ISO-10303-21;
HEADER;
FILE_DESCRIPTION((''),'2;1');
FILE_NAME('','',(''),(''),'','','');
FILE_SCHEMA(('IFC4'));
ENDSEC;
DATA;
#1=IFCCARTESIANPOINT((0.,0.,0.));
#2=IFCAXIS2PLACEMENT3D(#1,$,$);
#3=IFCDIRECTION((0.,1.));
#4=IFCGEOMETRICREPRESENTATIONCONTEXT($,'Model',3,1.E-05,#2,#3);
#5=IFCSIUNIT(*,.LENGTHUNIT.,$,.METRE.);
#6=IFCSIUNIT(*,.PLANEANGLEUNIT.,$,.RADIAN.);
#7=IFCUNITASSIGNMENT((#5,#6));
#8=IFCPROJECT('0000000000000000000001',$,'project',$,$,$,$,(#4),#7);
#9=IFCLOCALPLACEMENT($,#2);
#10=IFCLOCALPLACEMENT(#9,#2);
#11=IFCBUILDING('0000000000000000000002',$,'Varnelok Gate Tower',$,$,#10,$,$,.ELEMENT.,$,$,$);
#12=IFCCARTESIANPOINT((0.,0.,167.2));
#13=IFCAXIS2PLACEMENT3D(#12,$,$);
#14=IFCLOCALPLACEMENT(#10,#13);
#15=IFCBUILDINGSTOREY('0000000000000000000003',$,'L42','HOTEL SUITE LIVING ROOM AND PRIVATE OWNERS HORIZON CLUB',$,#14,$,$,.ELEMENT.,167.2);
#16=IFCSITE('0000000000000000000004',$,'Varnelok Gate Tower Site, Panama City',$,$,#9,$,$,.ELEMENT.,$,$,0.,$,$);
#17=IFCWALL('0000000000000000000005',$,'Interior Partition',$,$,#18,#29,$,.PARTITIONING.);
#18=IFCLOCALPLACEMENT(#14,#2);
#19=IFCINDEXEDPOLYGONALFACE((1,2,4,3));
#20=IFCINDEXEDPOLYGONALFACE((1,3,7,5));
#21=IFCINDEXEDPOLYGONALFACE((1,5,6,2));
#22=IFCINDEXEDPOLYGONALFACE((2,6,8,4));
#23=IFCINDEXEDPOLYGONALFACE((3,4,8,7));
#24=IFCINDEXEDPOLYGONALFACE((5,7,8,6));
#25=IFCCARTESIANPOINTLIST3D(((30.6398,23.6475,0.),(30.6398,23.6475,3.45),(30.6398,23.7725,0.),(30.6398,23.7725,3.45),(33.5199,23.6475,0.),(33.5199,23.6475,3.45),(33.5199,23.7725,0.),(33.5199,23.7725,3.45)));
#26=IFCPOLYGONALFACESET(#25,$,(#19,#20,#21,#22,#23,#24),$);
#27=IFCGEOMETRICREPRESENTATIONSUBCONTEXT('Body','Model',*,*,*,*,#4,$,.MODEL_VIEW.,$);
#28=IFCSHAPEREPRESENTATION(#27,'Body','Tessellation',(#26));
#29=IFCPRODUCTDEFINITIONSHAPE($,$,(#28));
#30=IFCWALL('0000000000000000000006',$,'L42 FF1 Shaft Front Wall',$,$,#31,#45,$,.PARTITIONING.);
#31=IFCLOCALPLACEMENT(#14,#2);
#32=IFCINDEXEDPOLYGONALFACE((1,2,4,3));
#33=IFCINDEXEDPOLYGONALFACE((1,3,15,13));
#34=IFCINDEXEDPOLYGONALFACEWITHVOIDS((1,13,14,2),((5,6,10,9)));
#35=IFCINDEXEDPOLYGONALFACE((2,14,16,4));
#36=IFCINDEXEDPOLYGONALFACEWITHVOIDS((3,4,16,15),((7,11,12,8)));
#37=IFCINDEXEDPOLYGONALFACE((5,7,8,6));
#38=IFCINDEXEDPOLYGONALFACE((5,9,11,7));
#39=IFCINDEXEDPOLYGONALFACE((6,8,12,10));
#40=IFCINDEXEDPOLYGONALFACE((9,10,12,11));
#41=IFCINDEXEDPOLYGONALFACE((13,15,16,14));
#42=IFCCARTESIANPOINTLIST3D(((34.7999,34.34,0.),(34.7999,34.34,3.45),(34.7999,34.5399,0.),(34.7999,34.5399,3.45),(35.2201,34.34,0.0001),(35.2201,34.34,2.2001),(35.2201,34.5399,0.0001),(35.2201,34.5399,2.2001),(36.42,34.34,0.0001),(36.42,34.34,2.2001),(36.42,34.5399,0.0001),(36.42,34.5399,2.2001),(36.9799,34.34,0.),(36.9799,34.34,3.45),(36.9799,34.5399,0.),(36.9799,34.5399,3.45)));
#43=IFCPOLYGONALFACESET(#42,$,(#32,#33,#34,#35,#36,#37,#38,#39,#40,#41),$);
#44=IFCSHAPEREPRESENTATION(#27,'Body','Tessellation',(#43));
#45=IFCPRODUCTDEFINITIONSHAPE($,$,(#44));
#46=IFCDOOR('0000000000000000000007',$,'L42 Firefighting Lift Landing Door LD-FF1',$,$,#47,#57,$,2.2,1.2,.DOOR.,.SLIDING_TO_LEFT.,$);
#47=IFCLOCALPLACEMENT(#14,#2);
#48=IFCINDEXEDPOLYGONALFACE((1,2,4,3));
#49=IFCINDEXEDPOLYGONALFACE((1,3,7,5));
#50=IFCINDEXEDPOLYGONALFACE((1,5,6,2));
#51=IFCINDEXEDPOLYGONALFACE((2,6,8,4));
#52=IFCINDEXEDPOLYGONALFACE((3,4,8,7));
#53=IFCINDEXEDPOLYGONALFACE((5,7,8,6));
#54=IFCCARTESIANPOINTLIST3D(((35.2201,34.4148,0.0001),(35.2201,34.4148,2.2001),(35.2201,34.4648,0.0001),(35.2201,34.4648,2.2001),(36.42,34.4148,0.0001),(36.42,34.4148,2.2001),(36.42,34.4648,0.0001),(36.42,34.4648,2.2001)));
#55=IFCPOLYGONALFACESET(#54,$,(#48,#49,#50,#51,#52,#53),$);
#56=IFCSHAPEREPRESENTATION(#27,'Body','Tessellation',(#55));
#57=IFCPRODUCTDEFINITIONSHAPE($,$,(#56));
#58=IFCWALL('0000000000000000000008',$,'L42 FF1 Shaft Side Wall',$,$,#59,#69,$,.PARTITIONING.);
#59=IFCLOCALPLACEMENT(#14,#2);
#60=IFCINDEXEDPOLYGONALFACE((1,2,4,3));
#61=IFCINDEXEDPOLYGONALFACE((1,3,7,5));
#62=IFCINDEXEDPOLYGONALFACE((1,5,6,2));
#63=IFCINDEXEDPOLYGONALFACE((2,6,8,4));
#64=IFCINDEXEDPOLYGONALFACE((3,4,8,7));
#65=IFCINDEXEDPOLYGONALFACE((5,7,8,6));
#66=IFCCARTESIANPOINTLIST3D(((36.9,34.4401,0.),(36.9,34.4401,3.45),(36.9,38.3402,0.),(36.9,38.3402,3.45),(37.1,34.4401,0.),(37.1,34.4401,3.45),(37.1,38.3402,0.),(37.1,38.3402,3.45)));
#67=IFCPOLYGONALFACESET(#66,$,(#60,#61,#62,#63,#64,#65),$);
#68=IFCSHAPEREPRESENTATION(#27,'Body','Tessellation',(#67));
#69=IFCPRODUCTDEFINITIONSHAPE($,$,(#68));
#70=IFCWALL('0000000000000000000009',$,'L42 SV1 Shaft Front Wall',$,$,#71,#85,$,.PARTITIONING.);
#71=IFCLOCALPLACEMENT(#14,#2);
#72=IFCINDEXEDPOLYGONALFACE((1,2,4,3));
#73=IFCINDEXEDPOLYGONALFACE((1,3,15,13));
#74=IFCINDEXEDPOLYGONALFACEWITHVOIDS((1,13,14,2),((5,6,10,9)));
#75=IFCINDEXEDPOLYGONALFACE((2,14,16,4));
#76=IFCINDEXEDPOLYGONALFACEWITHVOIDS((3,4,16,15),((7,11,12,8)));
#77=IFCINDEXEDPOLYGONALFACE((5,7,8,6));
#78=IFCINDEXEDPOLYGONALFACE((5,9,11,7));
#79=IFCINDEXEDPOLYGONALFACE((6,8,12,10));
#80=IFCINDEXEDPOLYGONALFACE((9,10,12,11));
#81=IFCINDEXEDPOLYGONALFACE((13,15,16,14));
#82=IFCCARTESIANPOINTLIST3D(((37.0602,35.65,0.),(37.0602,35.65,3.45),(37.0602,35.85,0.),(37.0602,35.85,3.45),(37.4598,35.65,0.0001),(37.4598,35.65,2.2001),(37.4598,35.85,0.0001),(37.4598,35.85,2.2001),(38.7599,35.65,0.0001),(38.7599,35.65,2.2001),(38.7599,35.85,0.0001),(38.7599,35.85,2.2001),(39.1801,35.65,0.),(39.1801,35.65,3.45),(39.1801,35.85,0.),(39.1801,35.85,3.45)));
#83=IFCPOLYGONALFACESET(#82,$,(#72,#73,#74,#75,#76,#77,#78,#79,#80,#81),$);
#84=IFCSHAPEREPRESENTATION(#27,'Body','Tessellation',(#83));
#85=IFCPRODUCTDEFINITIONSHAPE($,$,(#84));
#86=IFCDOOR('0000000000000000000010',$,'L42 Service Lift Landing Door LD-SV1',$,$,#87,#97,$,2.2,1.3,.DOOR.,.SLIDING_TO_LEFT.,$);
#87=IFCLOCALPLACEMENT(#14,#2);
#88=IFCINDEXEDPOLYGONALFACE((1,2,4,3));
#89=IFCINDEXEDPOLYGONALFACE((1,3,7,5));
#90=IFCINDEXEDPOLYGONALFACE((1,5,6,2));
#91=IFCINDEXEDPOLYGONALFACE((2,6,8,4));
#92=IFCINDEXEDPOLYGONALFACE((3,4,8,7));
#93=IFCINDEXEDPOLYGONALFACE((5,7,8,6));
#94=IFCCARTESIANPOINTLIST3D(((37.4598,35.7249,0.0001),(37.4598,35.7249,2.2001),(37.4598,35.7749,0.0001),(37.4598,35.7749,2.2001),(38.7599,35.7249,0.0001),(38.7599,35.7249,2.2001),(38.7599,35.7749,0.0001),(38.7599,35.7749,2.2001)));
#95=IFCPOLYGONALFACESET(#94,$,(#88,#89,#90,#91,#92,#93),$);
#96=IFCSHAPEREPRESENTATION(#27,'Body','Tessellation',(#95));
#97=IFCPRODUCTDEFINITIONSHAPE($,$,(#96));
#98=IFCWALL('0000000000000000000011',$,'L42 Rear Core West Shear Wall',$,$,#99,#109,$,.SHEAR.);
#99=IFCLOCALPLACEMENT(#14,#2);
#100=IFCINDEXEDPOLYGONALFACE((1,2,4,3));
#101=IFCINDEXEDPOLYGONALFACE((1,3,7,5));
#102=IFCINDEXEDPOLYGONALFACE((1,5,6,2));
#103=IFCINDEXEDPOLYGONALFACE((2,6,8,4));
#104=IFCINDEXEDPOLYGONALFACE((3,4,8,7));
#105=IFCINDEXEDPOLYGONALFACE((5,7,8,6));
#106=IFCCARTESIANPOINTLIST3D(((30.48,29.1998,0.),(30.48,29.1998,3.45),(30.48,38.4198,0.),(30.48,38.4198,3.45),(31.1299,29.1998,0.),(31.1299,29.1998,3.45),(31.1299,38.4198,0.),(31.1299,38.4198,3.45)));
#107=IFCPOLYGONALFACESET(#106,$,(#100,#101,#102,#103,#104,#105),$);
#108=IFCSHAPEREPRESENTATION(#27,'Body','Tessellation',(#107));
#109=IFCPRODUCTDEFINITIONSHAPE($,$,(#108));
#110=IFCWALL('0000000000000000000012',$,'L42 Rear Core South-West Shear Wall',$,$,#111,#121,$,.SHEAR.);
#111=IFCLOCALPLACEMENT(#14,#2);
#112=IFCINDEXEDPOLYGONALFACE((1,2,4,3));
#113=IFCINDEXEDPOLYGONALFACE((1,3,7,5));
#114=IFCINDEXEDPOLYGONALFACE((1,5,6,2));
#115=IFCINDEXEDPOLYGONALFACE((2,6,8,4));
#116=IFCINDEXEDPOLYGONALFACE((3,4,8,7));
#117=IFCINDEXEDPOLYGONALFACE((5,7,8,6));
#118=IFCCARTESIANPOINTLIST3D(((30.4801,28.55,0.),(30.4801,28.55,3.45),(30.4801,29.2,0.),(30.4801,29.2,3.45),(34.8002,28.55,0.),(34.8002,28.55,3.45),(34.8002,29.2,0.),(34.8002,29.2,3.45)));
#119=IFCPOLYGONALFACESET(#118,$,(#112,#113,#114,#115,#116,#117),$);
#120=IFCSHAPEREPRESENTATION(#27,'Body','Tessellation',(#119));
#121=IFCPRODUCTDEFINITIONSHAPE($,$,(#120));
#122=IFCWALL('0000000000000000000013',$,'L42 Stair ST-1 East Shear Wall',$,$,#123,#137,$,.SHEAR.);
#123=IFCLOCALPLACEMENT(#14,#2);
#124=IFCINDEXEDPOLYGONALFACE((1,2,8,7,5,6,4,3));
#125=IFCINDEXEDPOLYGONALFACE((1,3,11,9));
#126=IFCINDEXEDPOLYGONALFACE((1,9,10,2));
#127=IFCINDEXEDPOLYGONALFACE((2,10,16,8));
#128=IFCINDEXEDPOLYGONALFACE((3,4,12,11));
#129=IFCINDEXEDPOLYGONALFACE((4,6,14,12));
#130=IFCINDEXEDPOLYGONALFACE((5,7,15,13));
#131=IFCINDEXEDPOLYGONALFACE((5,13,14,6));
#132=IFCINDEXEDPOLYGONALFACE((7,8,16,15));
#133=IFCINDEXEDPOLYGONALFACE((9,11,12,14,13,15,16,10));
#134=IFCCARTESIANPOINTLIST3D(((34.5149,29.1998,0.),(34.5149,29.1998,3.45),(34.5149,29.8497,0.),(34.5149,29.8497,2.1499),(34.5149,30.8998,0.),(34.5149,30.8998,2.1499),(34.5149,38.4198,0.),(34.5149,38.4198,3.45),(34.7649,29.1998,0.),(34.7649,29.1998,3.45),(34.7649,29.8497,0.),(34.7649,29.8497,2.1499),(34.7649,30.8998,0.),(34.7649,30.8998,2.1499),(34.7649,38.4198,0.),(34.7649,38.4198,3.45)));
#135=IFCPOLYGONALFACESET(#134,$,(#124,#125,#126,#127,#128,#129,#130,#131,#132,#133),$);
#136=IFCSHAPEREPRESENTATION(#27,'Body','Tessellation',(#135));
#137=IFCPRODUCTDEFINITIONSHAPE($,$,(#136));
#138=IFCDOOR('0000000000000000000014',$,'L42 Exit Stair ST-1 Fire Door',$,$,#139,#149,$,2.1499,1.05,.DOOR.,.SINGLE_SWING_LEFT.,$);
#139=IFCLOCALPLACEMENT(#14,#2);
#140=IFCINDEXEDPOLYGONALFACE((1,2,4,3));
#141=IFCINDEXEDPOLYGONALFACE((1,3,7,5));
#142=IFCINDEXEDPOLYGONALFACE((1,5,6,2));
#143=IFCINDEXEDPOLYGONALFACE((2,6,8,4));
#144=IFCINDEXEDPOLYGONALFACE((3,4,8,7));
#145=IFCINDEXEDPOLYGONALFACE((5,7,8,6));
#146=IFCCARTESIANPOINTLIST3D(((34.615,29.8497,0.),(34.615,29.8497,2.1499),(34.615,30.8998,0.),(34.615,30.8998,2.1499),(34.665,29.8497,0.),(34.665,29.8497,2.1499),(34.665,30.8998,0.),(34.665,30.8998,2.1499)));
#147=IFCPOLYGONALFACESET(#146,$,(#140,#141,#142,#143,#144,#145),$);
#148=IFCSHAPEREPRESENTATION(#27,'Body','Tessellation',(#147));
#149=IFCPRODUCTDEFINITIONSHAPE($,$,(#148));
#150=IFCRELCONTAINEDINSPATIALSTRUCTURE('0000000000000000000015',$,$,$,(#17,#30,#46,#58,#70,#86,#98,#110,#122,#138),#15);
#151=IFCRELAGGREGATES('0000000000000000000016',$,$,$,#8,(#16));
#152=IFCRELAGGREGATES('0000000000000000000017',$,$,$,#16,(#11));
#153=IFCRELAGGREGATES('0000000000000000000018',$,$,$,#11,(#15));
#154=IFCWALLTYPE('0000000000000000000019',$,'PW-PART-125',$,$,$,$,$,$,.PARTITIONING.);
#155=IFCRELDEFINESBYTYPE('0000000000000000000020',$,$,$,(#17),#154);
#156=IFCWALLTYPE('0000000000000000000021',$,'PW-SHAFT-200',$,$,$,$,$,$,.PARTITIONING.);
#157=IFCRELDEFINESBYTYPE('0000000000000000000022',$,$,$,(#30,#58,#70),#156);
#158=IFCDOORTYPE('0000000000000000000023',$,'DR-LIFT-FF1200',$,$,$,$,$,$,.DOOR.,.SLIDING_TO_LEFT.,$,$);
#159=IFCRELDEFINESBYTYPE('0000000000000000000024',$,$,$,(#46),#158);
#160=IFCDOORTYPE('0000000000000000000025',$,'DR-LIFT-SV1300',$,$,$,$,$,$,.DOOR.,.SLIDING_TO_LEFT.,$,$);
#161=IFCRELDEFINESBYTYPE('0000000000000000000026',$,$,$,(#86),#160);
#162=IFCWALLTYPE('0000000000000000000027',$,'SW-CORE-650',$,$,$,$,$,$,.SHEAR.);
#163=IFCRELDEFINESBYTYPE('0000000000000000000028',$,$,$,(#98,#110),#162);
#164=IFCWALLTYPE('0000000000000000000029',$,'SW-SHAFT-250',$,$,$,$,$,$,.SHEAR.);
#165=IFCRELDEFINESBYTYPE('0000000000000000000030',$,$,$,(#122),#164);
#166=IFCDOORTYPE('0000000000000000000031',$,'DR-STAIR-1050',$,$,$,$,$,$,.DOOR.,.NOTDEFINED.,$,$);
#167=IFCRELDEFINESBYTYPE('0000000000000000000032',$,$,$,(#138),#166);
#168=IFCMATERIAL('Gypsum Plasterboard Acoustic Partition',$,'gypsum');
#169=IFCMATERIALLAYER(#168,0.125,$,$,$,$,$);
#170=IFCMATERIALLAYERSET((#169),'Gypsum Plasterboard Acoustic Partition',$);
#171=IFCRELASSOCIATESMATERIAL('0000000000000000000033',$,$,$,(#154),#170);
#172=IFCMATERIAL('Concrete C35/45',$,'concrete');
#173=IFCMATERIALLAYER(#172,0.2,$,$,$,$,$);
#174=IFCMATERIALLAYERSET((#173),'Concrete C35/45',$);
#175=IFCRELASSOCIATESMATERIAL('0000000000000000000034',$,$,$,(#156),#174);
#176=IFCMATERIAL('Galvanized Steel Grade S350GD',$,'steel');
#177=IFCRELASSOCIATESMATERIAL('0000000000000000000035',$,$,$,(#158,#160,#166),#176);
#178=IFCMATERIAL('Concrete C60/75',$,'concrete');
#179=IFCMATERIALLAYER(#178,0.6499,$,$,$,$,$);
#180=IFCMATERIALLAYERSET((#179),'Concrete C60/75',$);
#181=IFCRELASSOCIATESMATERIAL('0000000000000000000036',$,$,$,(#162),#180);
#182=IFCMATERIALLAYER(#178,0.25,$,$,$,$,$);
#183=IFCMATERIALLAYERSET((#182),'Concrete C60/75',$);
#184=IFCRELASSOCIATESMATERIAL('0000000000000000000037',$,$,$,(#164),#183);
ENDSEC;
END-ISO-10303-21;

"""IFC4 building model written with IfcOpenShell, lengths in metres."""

from ifc_helpers import new_model, si_unit, direction, frame, frame_2d, origin, place, context, subcontext, project, spatial, rectangle, extrude, material, layer, layer_set, type_object, element, fill, save


model = new_model("IFC4")

# Units and contexts
model_context = context("Model", 3, precision=1e-05, world=origin(), true_north=direction((0.0, 1.0)))
body_context = subcontext(model_context, "Body", "Model", "MODEL_VIEW")
ifc_project = project(units=[si_unit("LENGTHUNIT", "METRE"), si_unit("PLANEANGLEUNIT", "RADIAN")], contexts=[model_context])

# Site, building, storey
site_placement = place(None, origin())
site = spatial("IfcSite", under=ifc_project, at=site_placement, Name="Varnelok Gate Tower Site, Panama City", CompositionType="ELEMENT", RefElevation=0.0)
building_placement = place(site_placement, origin())
building = spatial("IfcBuilding", under=site, at=building_placement, Name="Varnelok Gate Tower", CompositionType="ELEMENT")
storey_placement = place(building_placement, frame((0.0, 0.0, 167.2)))
storey = spatial("IfcBuildingStorey", under=building, at=storey_placement, Name="L42", Description="HOTEL SUITE LIVING ROOM AND PRIVATE OWNERS HORIZON CLUB", CompositionType="ELEMENT", Elevation=167.2)

# Shared definitions
ifc_material_1 = material(Name="Concrete C60/75", Category="concrete")

# Wall
ifc_material_2 = material(Name="Gypsum Plasterboard Acoustic Partition", Category="gypsum")
ifc_layer_1 = layer(ifc_material_2, 0.125)
ifc_layer_set_1 = layer_set([ifc_layer_1], Name="Gypsum Plasterboard Acoustic Partition")
wall_type_1 = type_object("IfcWallType", Name="PW-PART-125", PredefinedType="PARTITIONING", material=ifc_layer_set_1)
wall_1_placement = place(storey_placement, frame((30.6399, 23.71, 0.0), z_axis=(0.0, 0.0, 1.0), x_axis=(1.0, 0.0, 0.0)))
element("IfcWall", 1, at=wall_1_placement, inside=storey, type_object=wall_type_1, Name="Interior Partition", PredefinedType="PARTITIONING", context=body_context, shape_type="SweptSolid", body=[
    extrude(rectangle(XDim=2.8801, YDim=0.125, at=frame_2d((1.4399, 0.0))), origin(), (0.0, 0.0, 1.0), 3.45),
])

# Wall, opening, door
ifc_material_3 = material(Name="Concrete C35/45", Category="concrete")
ifc_layer_2 = layer(ifc_material_3, 0.2)
ifc_layer_set_2 = layer_set([ifc_layer_2], Name="Concrete C35/45")
wall_type_2 = type_object("IfcWallType", Name="PW-SHAFT-200", PredefinedType="PARTITIONING", material=ifc_layer_set_2)
wall_2_placement = place(storey_placement, frame((34.8, 34.4399, 0.0), z_axis=(0.0, 0.0, 1.0), x_axis=(1.0, 0.0, 0.0)))
wall_2 = element("IfcWall", 2, at=wall_2_placement, inside=storey, type_object=wall_type_2, Name="L42 FF1 Shaft Front Wall", PredefinedType="PARTITIONING", context=body_context, shape_type="SweptSolid", body=[
    extrude(rectangle(XDim=2.1799, YDim=0.2, at=frame_2d((1.0898, 0.0))), origin(), (0.0, 0.0, 1.0), 3.45),
])
opening_1_placement = place(wall_2_placement, frame((0.4199, 0.0, 0.0)))
opening_1 = element("IfcOpeningElement", 3, at=opening_1_placement, cuts=wall_2, PredefinedType="OPENING", context=body_context, shape_type="SweptSolid", body=[
    extrude(rectangle(XDim=1.2, YDim=2.2, at=frame_2d((0.6001, 1.1001))), frame((0.0, 0.1099, 0.0), z_axis=(0.0, -1.0, 0.0), x_axis=(1.0, 0.0, 0.0)), (0.0, 0.0, 1.0), 0.22),
])
ifc_material_4 = material(Name="Galvanized Steel Grade S350GD", Category="steel")
door_type_1 = type_object("IfcDoorType", Name="DR-LIFT-FF1200", OperationType="SLIDING_TO_LEFT", PredefinedType="DOOR", material=ifc_material_4)
door_1_placement = place(opening_1_placement, origin())
door_1 = element("IfcDoor", 4, at=door_1_placement, inside=storey, type_object=door_type_1, Name="L42 Firefighting Lift Landing Door LD-FF1", OperationType="SLIDING_TO_LEFT", OverallHeight=2.2, OverallWidth=1.2, PredefinedType="DOOR", context=body_context, shape_type="SweptSolid", body=[
    extrude(rectangle(XDim=1.2, YDim=2.2, at=frame_2d((0.6001, 1.1001))), frame((0.0, 0.0249, 0.0), z_axis=(0.0, -1.0, 0.0), x_axis=(1.0, 0.0, 0.0)), (0.0, 0.0, 1.0), 0.05),
])
fill(opening_1, door_1)

# Wall
wall_3_placement = place(storey_placement, frame((37.0, 34.4399, 0.0), z_axis=(0.0, 0.0, 1.0), x_axis=(0.0, 1.0, 0.0)))
element("IfcWall", 5, at=wall_3_placement, inside=storey, type_object=wall_type_2, Name="L42 FF1 Shaft Side Wall", PredefinedType="PARTITIONING", context=body_context, shape_type="SweptSolid", body=[
    extrude(rectangle(XDim=3.9001, YDim=0.2, at=frame_2d((1.9502, 0.0))), origin(), (0.0, 0.0, 1.0), 3.45),
])

# Wall, opening, door
wall_4_placement = place(storey_placement, frame((37.0601, 35.75, 0.0), z_axis=(0.0, 0.0, 1.0), x_axis=(1.0, 0.0, 0.0)))
wall_4 = element("IfcWall", 6, at=wall_4_placement, inside=storey, type_object=wall_type_2, Name="L42 SV1 Shaft Front Wall", PredefinedType="PARTITIONING", context=body_context, shape_type="SweptSolid", body=[
    extrude(rectangle(XDim=2.1199, YDim=0.2, at=frame_2d((1.0601, 0.0))), origin(), (0.0, 0.0, 1.0), 3.45),
])
opening_2_placement = place(wall_4_placement, frame((0.3999, 0.0, 0.0)))
opening_2 = element("IfcOpeningElement", 7, at=opening_2_placement, cuts=wall_4, PredefinedType="OPENING", context=body_context, shape_type="SweptSolid", body=[
    extrude(rectangle(XDim=1.3, YDim=2.2, at=frame_2d((0.6499, 1.1001))), frame((0.0, 0.1099, 0.0), z_axis=(0.0, -1.0, 0.0), x_axis=(1.0, 0.0, 0.0)), (0.0, 0.0, 1.0), 0.22),
])
door_type_2 = type_object("IfcDoorType", Name="DR-LIFT-SV1300", OperationType="SLIDING_TO_LEFT", PredefinedType="DOOR", material=ifc_material_4)
door_2_placement = place(opening_2_placement, origin())
door_2 = element("IfcDoor", 8, at=door_2_placement, inside=storey, type_object=door_type_2, Name="L42 Service Lift Landing Door LD-SV1", OperationType="SLIDING_TO_LEFT", OverallHeight=2.2, OverallWidth=1.3, PredefinedType="DOOR", context=body_context, shape_type="SweptSolid", body=[
    extrude(rectangle(XDim=1.3, YDim=2.2, at=frame_2d((0.6499, 1.1001))), frame((0.0, 0.0249, 0.0), z_axis=(0.0, -1.0, 0.0), x_axis=(1.0, 0.0, 0.0)), (0.0, 0.0, 1.0), 0.05),
])
fill(opening_2, door_2)

# Walls
ifc_layer_3 = layer(ifc_material_1, 0.6499)
ifc_layer_set_3 = layer_set([ifc_layer_3], Name="Concrete C60/75")
wall_type_3 = type_object("IfcWallType", Name="SW-CORE-650", PredefinedType="SHEAR", material=ifc_layer_set_3)
wall_5_placement = place(storey_placement, frame((30.8049, 29.2, 0.0), z_axis=(0.0, 0.0, 1.0), x_axis=(0.0, 1.0, 0.0)))
element("IfcWall", 9, at=wall_5_placement, inside=storey, type_object=wall_type_3, Name="L42 Rear Core West Shear Wall", PredefinedType="SHEAR", context=body_context, shape_type="SweptSolid", body=[
    extrude(rectangle(XDim=9.22, YDim=0.6499, at=frame_2d((4.6099, 0.0))), origin(), (0.0, 0.0, 1.0), 3.45),
])
wall_6_placement = place(storey_placement, frame((30.48, 28.875, 0.0), z_axis=(0.0, 0.0, 1.0), x_axis=(1.0, 0.0, 0.0)))
element("IfcWall", 10, at=wall_6_placement, inside=storey, type_object=wall_type_3, Name="L42 Rear Core South-West Shear Wall", PredefinedType="SHEAR", context=body_context, shape_type="SweptSolid", body=[
    extrude(rectangle(XDim=4.3201, YDim=0.6499, at=frame_2d((2.1602, 0.0))), origin(), (0.0, 0.0, 1.0), 3.45),
])

# Wall, opening, door
ifc_layer_4 = layer(ifc_material_1, 0.25)
ifc_layer_set_4 = layer_set([ifc_layer_4], Name="Concrete C60/75")
wall_type_4 = type_object("IfcWallType", Name="SW-SHAFT-250", PredefinedType="SHEAR", material=ifc_layer_set_4)
wall_7_placement = place(storey_placement, frame((34.6399, 29.2, 0.0), z_axis=(0.0, 0.0, 1.0), x_axis=(0.0, 1.0, 0.0)))
wall_7 = element("IfcWall", 11, at=wall_7_placement, inside=storey, type_object=wall_type_4, Name="L42 Stair ST-1 East Shear Wall", PredefinedType="SHEAR", context=body_context, shape_type="SweptSolid", body=[
    extrude(rectangle(XDim=9.22, YDim=0.25, at=frame_2d((4.6099, 0.0))), origin(), (0.0, 0.0, 1.0), 3.45),
])
opening_3_placement = place(wall_7_placement, frame((0.6499, 0.0, 0.0)))
opening_3 = element("IfcOpeningElement", 12, at=opening_3_placement, cuts=wall_7, PredefinedType="OPENING", context=body_context, shape_type="SweptSolid", body=[
    extrude(rectangle(XDim=1.05, YDim=2.1499, at=frame_2d((0.5249, 1.075))), frame((0.0, 0.135, 0.0), z_axis=(0.0, -1.0, 0.0), x_axis=(1.0, 0.0, 0.0)), (0.0, 0.0, 1.0), 0.27),
])
door_type_3 = type_object("IfcDoorType", Name="DR-STAIR-1050", OperationType="NOTDEFINED", PredefinedType="DOOR", material=ifc_material_4)
door_3_placement = place(opening_3_placement, origin())
door_3 = element("IfcDoor", 13, at=door_3_placement, inside=storey, type_object=door_type_3, Name="L42 Exit Stair ST-1 Fire Door", OperationType="SINGLE_SWING_LEFT", OverallHeight=2.1499, OverallWidth=1.05, PredefinedType="DOOR", context=body_context, shape_type="SweptSolid", body=[
    extrude(rectangle(XDim=1.05, YDim=2.1499, at=frame_2d((0.5249, 1.075))), frame((0.0, 0.0249, 0.0), z_axis=(0.0, -1.0, 0.0), x_axis=(1.0, 0.0, 0.0)), (0.0, 0.0, 1.0), 0.05),
])
fill(opening_3, door_3)

save(model, "model.ifc")
